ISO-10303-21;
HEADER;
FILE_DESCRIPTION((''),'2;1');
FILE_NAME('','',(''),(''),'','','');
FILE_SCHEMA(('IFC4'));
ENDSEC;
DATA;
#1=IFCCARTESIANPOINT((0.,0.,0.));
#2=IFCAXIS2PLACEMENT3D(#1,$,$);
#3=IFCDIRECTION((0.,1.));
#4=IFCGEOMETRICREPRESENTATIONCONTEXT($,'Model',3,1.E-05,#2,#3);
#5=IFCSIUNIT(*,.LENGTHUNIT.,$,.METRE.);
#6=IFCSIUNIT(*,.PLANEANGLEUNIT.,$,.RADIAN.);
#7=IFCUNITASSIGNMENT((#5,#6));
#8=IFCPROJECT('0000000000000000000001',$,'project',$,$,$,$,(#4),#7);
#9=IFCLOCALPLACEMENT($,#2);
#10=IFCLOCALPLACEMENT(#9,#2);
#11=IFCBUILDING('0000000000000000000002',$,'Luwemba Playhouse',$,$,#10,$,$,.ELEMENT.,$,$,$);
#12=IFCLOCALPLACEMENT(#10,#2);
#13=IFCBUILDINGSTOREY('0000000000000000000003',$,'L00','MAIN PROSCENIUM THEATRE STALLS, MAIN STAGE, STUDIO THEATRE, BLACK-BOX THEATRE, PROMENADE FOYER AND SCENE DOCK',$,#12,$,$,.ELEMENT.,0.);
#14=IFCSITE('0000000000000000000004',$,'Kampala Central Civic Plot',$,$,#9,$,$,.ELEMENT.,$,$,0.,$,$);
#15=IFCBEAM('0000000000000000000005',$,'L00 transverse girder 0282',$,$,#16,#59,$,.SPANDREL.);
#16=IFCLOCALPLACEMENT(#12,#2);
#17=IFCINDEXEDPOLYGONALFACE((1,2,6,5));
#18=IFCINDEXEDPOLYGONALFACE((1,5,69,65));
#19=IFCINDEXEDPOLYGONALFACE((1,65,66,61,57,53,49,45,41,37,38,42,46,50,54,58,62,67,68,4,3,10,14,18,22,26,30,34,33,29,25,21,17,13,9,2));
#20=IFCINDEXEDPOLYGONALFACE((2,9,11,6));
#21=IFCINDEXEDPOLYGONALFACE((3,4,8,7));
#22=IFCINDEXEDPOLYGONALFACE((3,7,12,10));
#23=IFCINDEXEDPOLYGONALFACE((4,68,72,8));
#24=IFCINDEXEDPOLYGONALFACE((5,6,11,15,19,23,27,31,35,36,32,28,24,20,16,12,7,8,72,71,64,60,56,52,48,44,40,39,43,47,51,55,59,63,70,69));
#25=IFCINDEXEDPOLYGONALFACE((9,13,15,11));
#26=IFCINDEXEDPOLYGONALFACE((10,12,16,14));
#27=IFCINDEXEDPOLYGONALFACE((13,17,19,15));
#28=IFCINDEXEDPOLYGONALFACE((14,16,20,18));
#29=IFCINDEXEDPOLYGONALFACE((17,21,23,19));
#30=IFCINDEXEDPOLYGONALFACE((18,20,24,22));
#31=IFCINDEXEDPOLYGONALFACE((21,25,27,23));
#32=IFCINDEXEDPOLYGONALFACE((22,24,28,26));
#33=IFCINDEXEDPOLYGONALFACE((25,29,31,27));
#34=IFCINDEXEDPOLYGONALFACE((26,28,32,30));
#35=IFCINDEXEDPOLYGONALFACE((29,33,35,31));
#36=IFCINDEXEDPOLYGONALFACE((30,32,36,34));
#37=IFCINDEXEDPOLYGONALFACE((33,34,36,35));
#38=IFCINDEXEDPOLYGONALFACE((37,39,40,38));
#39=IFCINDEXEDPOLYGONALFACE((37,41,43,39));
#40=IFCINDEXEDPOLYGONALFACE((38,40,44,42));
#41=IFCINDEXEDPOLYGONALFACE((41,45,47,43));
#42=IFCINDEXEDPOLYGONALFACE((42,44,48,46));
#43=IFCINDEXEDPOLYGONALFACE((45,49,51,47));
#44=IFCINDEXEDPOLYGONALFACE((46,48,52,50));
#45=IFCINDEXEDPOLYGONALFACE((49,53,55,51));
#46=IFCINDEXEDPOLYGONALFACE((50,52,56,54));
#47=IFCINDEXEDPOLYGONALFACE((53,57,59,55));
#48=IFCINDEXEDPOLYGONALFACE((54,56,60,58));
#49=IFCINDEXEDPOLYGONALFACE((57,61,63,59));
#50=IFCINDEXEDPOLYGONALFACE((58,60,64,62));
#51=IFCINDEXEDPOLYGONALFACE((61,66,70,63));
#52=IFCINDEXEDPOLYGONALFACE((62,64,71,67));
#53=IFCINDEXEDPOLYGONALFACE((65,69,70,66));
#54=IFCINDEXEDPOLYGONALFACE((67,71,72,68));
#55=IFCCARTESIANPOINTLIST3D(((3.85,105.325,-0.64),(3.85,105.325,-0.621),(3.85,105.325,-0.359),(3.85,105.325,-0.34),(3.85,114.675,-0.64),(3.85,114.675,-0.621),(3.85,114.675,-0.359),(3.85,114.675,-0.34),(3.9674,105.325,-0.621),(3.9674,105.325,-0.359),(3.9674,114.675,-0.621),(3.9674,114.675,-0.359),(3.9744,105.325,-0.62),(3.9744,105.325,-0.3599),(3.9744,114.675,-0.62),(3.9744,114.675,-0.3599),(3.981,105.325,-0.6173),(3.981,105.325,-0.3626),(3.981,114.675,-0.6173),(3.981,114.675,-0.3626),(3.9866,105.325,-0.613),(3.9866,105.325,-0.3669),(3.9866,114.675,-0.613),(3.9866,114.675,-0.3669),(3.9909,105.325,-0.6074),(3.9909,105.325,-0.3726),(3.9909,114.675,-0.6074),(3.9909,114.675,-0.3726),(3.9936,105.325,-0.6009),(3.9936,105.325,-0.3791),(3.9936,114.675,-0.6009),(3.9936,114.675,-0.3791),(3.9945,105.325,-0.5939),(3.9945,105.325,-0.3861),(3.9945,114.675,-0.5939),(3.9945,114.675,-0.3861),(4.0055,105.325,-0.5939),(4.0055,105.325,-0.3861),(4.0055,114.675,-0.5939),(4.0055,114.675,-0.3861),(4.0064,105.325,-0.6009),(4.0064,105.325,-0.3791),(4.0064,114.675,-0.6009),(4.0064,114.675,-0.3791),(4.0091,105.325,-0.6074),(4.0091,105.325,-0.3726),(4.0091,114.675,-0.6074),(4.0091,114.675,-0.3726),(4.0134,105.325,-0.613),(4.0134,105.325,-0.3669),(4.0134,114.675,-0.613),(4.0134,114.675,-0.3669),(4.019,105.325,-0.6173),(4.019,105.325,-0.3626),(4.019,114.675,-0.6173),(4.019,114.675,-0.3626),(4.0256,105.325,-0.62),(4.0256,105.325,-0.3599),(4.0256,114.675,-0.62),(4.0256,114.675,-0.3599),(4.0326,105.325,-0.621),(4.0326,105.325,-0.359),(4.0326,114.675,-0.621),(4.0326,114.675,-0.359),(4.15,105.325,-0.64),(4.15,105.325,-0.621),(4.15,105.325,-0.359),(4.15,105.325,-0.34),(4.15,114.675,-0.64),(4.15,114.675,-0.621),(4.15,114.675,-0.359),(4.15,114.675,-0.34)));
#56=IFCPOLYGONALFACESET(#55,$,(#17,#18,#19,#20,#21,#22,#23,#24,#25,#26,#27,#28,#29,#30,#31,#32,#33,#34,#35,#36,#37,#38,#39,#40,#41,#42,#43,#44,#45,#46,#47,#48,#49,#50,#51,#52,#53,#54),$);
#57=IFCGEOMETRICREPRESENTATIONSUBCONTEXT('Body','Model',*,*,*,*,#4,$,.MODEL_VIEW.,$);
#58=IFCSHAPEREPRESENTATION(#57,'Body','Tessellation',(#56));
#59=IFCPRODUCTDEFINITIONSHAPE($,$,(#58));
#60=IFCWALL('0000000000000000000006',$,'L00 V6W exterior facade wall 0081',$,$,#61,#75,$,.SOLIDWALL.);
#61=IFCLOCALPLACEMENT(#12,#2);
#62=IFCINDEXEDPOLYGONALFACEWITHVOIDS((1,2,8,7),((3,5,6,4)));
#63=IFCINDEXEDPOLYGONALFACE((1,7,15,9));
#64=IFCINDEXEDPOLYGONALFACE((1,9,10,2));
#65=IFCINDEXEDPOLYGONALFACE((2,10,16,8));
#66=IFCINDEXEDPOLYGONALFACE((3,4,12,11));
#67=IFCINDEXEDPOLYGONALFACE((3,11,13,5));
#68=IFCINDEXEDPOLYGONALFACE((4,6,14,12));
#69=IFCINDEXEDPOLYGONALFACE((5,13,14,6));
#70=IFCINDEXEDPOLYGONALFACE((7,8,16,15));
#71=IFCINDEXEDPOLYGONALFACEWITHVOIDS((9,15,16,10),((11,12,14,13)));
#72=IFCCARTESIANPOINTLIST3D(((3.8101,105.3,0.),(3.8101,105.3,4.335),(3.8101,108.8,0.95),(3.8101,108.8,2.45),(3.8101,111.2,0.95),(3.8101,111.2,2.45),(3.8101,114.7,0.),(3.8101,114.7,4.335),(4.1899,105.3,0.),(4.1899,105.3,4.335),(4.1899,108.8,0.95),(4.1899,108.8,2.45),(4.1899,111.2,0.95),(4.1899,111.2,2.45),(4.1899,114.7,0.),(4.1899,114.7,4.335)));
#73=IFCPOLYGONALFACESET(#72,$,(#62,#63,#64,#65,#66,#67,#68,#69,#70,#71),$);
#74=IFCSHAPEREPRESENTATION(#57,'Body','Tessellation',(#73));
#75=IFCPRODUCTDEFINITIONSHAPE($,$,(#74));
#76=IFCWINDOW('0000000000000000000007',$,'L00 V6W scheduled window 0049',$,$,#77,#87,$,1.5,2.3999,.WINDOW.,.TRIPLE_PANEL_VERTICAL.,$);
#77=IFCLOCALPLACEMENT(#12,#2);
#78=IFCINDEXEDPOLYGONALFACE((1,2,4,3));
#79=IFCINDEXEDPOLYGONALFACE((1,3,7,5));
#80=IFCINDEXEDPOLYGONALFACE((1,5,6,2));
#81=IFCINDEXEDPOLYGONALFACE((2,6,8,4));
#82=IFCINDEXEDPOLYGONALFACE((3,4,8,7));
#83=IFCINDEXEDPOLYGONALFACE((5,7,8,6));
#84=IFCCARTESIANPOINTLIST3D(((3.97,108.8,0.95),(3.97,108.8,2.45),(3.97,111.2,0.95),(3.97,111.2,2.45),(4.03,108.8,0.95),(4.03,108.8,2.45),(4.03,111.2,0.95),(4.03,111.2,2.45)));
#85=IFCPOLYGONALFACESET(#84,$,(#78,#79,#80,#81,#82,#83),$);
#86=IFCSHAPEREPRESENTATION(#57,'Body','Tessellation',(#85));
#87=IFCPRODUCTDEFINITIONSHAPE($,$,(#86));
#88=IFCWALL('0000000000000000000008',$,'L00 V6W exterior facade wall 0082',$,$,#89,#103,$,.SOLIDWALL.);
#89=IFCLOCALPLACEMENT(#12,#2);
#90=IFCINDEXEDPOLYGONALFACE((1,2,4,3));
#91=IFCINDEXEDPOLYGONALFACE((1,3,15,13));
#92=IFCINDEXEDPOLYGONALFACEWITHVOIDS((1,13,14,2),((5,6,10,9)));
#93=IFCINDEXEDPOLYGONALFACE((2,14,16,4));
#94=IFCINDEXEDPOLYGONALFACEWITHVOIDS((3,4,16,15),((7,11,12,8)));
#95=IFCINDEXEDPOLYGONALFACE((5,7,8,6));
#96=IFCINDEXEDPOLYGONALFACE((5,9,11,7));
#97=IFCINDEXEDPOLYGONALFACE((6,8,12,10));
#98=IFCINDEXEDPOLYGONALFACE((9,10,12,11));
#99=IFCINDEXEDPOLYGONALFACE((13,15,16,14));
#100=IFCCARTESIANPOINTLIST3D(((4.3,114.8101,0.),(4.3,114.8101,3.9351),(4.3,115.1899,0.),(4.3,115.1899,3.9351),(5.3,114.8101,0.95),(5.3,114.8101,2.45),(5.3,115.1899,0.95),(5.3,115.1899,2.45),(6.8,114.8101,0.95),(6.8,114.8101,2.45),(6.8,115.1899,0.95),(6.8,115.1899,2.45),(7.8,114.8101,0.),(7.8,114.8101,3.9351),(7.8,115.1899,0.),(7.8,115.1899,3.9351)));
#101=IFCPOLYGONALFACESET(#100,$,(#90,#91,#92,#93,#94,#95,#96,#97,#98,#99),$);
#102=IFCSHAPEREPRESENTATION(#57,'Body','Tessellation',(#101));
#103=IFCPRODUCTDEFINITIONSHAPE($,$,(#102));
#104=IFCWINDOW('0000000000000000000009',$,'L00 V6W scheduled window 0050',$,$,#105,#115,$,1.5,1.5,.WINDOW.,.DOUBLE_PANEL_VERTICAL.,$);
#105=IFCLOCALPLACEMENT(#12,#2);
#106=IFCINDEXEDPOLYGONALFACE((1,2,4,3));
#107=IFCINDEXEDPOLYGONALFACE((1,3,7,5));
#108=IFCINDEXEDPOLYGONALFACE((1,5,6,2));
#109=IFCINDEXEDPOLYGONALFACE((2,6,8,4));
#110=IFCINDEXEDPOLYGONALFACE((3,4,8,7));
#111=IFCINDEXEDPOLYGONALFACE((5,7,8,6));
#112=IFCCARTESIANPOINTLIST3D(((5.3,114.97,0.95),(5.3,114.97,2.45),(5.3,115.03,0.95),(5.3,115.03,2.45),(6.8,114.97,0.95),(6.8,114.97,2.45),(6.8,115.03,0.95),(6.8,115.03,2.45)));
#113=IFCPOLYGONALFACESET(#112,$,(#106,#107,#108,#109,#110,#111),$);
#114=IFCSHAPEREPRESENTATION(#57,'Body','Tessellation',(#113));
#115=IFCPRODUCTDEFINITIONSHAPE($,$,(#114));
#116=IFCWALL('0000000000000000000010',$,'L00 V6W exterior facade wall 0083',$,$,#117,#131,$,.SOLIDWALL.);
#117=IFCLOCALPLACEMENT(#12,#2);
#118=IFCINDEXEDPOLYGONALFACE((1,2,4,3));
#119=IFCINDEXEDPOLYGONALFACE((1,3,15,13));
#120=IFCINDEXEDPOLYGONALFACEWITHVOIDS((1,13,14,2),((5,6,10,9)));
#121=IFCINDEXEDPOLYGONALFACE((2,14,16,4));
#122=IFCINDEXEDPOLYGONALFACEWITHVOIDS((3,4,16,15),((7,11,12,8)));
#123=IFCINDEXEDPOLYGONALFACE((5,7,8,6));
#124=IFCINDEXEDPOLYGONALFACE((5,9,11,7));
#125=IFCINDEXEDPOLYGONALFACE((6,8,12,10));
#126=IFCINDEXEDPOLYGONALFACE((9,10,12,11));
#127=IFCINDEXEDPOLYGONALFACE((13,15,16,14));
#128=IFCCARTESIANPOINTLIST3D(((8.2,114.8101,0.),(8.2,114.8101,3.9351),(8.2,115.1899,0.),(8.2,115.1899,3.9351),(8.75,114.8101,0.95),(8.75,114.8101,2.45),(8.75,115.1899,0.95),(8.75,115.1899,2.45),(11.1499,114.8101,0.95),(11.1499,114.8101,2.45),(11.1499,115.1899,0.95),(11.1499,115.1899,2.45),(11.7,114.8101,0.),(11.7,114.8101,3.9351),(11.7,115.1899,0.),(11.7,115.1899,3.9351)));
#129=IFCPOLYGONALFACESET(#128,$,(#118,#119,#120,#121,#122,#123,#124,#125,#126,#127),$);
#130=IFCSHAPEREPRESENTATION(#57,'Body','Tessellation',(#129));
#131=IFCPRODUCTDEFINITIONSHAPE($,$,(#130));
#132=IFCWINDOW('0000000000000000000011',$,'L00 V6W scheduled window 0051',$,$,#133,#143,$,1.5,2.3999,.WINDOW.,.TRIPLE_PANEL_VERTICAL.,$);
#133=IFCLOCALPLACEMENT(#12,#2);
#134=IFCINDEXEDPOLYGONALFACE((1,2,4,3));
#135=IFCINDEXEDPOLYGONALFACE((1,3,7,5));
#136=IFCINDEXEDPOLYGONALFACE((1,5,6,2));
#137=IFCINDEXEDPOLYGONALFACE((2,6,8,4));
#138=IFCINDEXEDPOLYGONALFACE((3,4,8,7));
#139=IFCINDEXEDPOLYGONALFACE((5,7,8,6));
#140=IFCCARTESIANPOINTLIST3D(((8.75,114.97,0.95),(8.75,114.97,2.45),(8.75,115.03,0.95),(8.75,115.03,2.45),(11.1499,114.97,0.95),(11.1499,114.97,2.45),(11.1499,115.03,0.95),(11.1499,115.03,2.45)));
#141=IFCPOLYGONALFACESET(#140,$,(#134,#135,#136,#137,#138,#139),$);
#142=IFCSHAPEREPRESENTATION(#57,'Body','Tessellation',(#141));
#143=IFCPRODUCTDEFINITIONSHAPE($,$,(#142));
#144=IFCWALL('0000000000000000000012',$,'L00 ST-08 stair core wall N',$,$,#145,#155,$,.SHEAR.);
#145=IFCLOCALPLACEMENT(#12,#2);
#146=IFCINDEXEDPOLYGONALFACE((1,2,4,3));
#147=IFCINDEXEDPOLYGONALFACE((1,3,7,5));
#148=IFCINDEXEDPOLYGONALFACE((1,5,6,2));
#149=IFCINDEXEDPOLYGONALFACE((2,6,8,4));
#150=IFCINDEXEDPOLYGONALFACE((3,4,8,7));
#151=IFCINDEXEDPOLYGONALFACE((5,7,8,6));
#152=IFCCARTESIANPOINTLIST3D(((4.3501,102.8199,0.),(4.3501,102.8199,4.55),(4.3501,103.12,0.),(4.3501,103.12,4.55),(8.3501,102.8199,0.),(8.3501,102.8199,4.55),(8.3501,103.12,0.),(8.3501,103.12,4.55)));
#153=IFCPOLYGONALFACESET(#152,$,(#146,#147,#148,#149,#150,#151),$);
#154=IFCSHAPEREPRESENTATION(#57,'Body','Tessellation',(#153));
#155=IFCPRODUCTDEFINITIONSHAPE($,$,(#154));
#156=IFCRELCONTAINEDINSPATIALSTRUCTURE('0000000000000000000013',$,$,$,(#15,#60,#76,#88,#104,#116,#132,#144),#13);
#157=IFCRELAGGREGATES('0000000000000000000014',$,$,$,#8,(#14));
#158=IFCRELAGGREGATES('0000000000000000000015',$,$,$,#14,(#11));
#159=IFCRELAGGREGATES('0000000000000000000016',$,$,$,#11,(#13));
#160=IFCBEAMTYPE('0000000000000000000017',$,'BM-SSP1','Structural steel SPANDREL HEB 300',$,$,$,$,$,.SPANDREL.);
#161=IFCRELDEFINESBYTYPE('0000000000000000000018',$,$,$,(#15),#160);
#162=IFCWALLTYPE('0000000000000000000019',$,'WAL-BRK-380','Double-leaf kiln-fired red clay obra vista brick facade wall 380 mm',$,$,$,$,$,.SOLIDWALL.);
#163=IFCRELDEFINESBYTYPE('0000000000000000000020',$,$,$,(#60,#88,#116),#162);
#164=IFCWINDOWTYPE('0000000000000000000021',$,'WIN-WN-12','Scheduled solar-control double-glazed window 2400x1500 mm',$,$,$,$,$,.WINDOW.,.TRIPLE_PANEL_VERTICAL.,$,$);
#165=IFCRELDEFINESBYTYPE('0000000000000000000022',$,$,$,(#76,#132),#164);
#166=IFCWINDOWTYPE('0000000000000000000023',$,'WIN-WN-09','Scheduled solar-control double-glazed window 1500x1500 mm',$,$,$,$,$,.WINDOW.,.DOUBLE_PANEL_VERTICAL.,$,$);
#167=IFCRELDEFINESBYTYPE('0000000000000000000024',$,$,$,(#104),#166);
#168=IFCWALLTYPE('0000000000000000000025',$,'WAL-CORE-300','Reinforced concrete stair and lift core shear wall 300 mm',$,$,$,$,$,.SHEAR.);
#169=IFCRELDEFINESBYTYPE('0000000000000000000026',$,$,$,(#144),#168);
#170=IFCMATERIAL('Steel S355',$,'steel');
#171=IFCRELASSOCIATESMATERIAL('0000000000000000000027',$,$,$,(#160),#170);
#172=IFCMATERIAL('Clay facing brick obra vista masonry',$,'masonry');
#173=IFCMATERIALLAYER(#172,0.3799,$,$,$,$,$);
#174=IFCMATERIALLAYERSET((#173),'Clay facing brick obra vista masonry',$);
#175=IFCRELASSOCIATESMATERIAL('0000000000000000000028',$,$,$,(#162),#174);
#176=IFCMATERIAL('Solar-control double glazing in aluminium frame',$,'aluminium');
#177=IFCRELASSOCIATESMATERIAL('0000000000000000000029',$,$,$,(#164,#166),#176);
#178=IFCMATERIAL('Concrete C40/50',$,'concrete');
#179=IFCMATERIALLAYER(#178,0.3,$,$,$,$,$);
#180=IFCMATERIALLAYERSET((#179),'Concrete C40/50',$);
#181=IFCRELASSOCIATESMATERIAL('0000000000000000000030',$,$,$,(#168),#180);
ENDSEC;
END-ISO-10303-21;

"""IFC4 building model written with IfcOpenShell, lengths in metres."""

from ifc_helpers import new_model, si_unit, direction, frame, frame_2d, origin, origin_2d, place, context, subcontext, project, spatial, rectangle, i_section, extrude, material, layer, layer_set, material_profile, profile_set, type_object, element, fill, save


model = new_model("IFC4")

# Units and contexts
model_context = context("Model", 3, precision=1e-05, world=origin(), true_north=direction((0.0, 1.0)))
body_context = subcontext(model_context, "Body", "Model", "MODEL_VIEW")
ifc_project = project(units=[si_unit("LENGTHUNIT", "METRE"), si_unit("PLANEANGLEUNIT", "RADIAN")], contexts=[model_context])

# Site, building, storey
site_placement = place(None, origin())
site = spatial("IfcSite", under=ifc_project, at=site_placement, Name="Kampala Central Civic Plot", CompositionType="ELEMENT", RefElevation=0.0)
building_placement = place(site_placement, origin())
building = spatial("IfcBuilding", under=site, at=building_placement, Name="Luwemba Playhouse", CompositionType="ELEMENT")
storey_placement = place(building_placement, origin())
storey = spatial("IfcBuildingStorey", under=building, at=storey_placement, Name="L00", Description="MAIN PROSCENIUM THEATRE STALLS, MAIN STAGE, STUDIO THEATRE, BLACK-BOX THEATRE, PROMENADE FOYER AND SCENE DOCK", CompositionType="ELEMENT", Elevation=0.0)

# Shared definitions
ifc_material_1 = material(Name="Concrete C40/50", Category="concrete")

# Beam
ifc_material_2 = material(Name="Steel S355", Category="steel")
ifc_material_profile_1 = material_profile(ifc_material_2, i_section(OverallWidth=0.3, OverallDepth=0.3, WebThickness=0.011, FlangeThickness=0.019, FilletRadius=0.0271, at=origin_2d()))
ifc_profile_set_1 = profile_set([ifc_material_profile_1], Name="Steel S355")
beam_type_1 = type_object("IfcBeamType", Name="BM-SSP1", Description="Structural steel SPANDREL HEB 300", PredefinedType="SPANDREL", material=ifc_profile_set_1)
beam_1_placement = place(storey_placement, frame((4.0, 105.325, -0.49), z_axis=(0.0, 1.0, 0.0), x_axis=(-1.0, 0.0, 0.0)))
element("IfcBeam", 1, at=beam_1_placement, inside=storey, type_object=beam_type_1, Name="L00 transverse girder 0282", PredefinedType="SPANDREL", context=body_context, shape_type="SweptSolid", body=[
    extrude(i_section(OverallWidth=0.3, OverallDepth=0.3, WebThickness=0.011, FlangeThickness=0.019, FilletRadius=0.0271, at=origin_2d()), origin(), (0.0, 0.0, 1.0), 9.3501),
])

# Walls, openings, windows
ifc_material_3 = material(Name="Clay facing brick obra vista masonry", Category="masonry")
ifc_layer_1 = layer(ifc_material_3, 0.3799)
ifc_layer_set_1 = layer_set([ifc_layer_1], Name="Clay facing brick obra vista masonry")
wall_type_1 = type_object("IfcWallType", Name="WAL-BRK-380", Description="Double-leaf kiln-fired red clay obra vista brick facade wall 380 mm", PredefinedType="SOLIDWALL", material=ifc_layer_set_1)
wall_1_placement = place(storey_placement, frame((4.0, 105.3, 0.0), z_axis=(0.0, 0.0, 1.0), x_axis=(0.0, 1.0, 0.0)))
wall_1 = element("IfcWall", 2, at=wall_1_placement, inside=storey, type_object=wall_type_1, Name="L00 V6W exterior facade wall 0081", PredefinedType="SOLIDWALL", context=body_context, shape_type="SweptSolid", body=[
    extrude(rectangle(XDim=9.3999, YDim=0.3799, at=frame_2d((4.7, 0.0))), origin(), (0.0, 0.0, 1.0), 4.335),
])
opening_1_placement = place(wall_1_placement, frame((3.5, 0.0, 0.95)))
opening_1 = element("IfcOpeningElement", 3, at=opening_1_placement, cuts=wall_1, PredefinedType="OPENING", context=body_context, shape_type="SweptSolid", body=[
    extrude(rectangle(XDim=2.3999, YDim=1.5, at=frame_2d((1.2, 0.75))), frame((0.0, 0.2, 0.0), z_axis=(0.0, -1.0, 0.0), x_axis=(1.0, 0.0, 0.0)), (0.0, 0.0, 1.0), 0.3999),
])
ifc_material_4 = material(Name="Solar-control double glazing in aluminium frame", Category="aluminium")
window_type_1 = type_object("IfcWindowType", Name="WIN-WN-12", Description="Scheduled solar-control double-glazed window 2400x1500 mm", PartitioningType="TRIPLE_PANEL_VERTICAL", PredefinedType="WINDOW", material=ifc_material_4)
window_1_placement = place(opening_1_placement, origin())
window_1 = element("IfcWindow", 4, at=window_1_placement, inside=storey, type_object=window_type_1, Name="L00 V6W scheduled window 0049", OverallHeight=1.5, OverallWidth=2.3999, PartitioningType="TRIPLE_PANEL_VERTICAL", PredefinedType="WINDOW", context=body_context, shape_type="SweptSolid", body=[
    extrude(rectangle(XDim=2.3999, YDim=1.5, at=frame_2d((1.2, 0.75))), frame((0.0, 0.03, 0.0), z_axis=(0.0, -1.0, 0.0), x_axis=(1.0, 0.0, 0.0)), (0.0, 0.0, 1.0), 0.0601),
])
fill(opening_1, window_1)
wall_2_placement = place(storey_placement, frame((4.3, 115.0, 0.0), z_axis=(0.0, 0.0, 1.0), x_axis=(1.0, 0.0, 0.0)))
wall_2 = element("IfcWall", 5, at=wall_2_placement, inside=storey, type_object=wall_type_1, Name="L00 V6W exterior facade wall 0082", PredefinedType="SOLIDWALL", context=body_context, shape_type="SweptSolid", body=[
    extrude(rectangle(XDim=3.5, YDim=0.3799, at=frame_2d((1.75, 0.0))), origin(), (0.0, 0.0, 1.0), 3.9351),
])
opening_2_placement = place(wall_2_placement, frame((1.0, 0.0, 0.95)))
opening_2 = element("IfcOpeningElement", 6, at=opening_2_placement, cuts=wall_2, PredefinedType="OPENING", context=body_context, shape_type="SweptSolid", body=[
    extrude(rectangle(XDim=1.5, YDim=1.5, at=frame_2d((0.75, 0.75))), frame((0.0, 0.2, 0.0), z_axis=(0.0, -1.0, 0.0), x_axis=(1.0, 0.0, 0.0)), (0.0, 0.0, 1.0), 0.3999),
])
window_type_2 = type_object("IfcWindowType", Name="WIN-WN-09", Description="Scheduled solar-control double-glazed window 1500x1500 mm", PartitioningType="DOUBLE_PANEL_VERTICAL", PredefinedType="WINDOW", material=ifc_material_4)
window_2_placement = place(opening_2_placement, origin())
window_2 = element("IfcWindow", 7, at=window_2_placement, inside=storey, type_object=window_type_2, Name="L00 V6W scheduled window 0050", OverallHeight=1.5, OverallWidth=1.5, PartitioningType="DOUBLE_PANEL_VERTICAL", PredefinedType="WINDOW", context=body_context, shape_type="SweptSolid", body=[
    extrude(rectangle(XDim=1.5, YDim=1.5, at=frame_2d((0.75, 0.75))), frame((0.0, 0.03, 0.0), z_axis=(0.0, -1.0, 0.0), x_axis=(1.0, 0.0, 0.0)), (0.0, 0.0, 1.0), 0.0601),
])
fill(opening_2, window_2)
wall_3_placement = place(storey_placement, frame((8.2, 115.0, 0.0), z_axis=(0.0, 0.0, 1.0), x_axis=(1.0, 0.0, 0.0)))
wall_3 = element("IfcWall", 8, at=wall_3_placement, inside=storey, type_object=wall_type_1, Name="L00 V6W exterior facade wall 0083", PredefinedType="SOLIDWALL", context=body_context, shape_type="SweptSolid", body=[
    extrude(rectangle(XDim=3.5, YDim=0.3799, at=frame_2d((1.75, 0.0))), origin(), (0.0, 0.0, 1.0), 3.9351),
])
opening_3_placement = place(wall_3_placement, frame((0.55, 0.0, 0.95)))
opening_3 = element("IfcOpeningElement", 9, at=opening_3_placement, cuts=wall_3, PredefinedType="OPENING", context=body_context, shape_type="SweptSolid", body=[
    extrude(rectangle(XDim=2.3999, YDim=1.5, at=frame_2d((1.2, 0.75))), frame((0.0, 0.2, 0.0), z_axis=(0.0, -1.0, 0.0), x_axis=(1.0, 0.0, 0.0)), (0.0, 0.0, 1.0), 0.3999),
])
window_3_placement = place(opening_3_placement, origin())
window_3 = element("IfcWindow", 10, at=window_3_placement, inside=storey, type_object=window_type_1, Name="L00 V6W scheduled window 0051", OverallHeight=1.5, OverallWidth=2.3999, PartitioningType="TRIPLE_PANEL_VERTICAL", PredefinedType="WINDOW", context=body_context, shape_type="SweptSolid", body=[
    extrude(rectangle(XDim=2.3999, YDim=1.5, at=frame_2d((1.2, 0.75))), frame((0.0, 0.03, 0.0), z_axis=(0.0, -1.0, 0.0), x_axis=(1.0, 0.0, 0.0)), (0.0, 0.0, 1.0), 0.0601),
])
fill(opening_3, window_3)

# Wall
ifc_layer_2 = layer(ifc_material_1, 0.3)
ifc_layer_set_2 = layer_set([ifc_layer_2], Name="Concrete C40/50")
wall_type_2 = type_object("IfcWallType", Name="WAL-CORE-300", Description="Reinforced concrete stair and lift core shear wall 300 mm", PredefinedType="SHEAR", material=ifc_layer_set_2)
wall_4_placement = place(storey_placement, frame((8.3501, 102.97, 0.0), z_axis=(0.0, 0.0, 1.0), x_axis=(-1.0, 0.0, 0.0)))
element("IfcWall", 11, at=wall_4_placement, inside=storey, type_object=wall_type_2, Name="L00 ST-08 stair core wall N", PredefinedType="SHEAR", context=body_context, shape_type="SweptSolid", body=[
    extrude(rectangle(XDim=4.0, YDim=0.3, at=frame_2d((2.0, 0.0))), origin(), (0.0, 0.0, 1.0), 4.55),
])

save(model, "model.ifc")
